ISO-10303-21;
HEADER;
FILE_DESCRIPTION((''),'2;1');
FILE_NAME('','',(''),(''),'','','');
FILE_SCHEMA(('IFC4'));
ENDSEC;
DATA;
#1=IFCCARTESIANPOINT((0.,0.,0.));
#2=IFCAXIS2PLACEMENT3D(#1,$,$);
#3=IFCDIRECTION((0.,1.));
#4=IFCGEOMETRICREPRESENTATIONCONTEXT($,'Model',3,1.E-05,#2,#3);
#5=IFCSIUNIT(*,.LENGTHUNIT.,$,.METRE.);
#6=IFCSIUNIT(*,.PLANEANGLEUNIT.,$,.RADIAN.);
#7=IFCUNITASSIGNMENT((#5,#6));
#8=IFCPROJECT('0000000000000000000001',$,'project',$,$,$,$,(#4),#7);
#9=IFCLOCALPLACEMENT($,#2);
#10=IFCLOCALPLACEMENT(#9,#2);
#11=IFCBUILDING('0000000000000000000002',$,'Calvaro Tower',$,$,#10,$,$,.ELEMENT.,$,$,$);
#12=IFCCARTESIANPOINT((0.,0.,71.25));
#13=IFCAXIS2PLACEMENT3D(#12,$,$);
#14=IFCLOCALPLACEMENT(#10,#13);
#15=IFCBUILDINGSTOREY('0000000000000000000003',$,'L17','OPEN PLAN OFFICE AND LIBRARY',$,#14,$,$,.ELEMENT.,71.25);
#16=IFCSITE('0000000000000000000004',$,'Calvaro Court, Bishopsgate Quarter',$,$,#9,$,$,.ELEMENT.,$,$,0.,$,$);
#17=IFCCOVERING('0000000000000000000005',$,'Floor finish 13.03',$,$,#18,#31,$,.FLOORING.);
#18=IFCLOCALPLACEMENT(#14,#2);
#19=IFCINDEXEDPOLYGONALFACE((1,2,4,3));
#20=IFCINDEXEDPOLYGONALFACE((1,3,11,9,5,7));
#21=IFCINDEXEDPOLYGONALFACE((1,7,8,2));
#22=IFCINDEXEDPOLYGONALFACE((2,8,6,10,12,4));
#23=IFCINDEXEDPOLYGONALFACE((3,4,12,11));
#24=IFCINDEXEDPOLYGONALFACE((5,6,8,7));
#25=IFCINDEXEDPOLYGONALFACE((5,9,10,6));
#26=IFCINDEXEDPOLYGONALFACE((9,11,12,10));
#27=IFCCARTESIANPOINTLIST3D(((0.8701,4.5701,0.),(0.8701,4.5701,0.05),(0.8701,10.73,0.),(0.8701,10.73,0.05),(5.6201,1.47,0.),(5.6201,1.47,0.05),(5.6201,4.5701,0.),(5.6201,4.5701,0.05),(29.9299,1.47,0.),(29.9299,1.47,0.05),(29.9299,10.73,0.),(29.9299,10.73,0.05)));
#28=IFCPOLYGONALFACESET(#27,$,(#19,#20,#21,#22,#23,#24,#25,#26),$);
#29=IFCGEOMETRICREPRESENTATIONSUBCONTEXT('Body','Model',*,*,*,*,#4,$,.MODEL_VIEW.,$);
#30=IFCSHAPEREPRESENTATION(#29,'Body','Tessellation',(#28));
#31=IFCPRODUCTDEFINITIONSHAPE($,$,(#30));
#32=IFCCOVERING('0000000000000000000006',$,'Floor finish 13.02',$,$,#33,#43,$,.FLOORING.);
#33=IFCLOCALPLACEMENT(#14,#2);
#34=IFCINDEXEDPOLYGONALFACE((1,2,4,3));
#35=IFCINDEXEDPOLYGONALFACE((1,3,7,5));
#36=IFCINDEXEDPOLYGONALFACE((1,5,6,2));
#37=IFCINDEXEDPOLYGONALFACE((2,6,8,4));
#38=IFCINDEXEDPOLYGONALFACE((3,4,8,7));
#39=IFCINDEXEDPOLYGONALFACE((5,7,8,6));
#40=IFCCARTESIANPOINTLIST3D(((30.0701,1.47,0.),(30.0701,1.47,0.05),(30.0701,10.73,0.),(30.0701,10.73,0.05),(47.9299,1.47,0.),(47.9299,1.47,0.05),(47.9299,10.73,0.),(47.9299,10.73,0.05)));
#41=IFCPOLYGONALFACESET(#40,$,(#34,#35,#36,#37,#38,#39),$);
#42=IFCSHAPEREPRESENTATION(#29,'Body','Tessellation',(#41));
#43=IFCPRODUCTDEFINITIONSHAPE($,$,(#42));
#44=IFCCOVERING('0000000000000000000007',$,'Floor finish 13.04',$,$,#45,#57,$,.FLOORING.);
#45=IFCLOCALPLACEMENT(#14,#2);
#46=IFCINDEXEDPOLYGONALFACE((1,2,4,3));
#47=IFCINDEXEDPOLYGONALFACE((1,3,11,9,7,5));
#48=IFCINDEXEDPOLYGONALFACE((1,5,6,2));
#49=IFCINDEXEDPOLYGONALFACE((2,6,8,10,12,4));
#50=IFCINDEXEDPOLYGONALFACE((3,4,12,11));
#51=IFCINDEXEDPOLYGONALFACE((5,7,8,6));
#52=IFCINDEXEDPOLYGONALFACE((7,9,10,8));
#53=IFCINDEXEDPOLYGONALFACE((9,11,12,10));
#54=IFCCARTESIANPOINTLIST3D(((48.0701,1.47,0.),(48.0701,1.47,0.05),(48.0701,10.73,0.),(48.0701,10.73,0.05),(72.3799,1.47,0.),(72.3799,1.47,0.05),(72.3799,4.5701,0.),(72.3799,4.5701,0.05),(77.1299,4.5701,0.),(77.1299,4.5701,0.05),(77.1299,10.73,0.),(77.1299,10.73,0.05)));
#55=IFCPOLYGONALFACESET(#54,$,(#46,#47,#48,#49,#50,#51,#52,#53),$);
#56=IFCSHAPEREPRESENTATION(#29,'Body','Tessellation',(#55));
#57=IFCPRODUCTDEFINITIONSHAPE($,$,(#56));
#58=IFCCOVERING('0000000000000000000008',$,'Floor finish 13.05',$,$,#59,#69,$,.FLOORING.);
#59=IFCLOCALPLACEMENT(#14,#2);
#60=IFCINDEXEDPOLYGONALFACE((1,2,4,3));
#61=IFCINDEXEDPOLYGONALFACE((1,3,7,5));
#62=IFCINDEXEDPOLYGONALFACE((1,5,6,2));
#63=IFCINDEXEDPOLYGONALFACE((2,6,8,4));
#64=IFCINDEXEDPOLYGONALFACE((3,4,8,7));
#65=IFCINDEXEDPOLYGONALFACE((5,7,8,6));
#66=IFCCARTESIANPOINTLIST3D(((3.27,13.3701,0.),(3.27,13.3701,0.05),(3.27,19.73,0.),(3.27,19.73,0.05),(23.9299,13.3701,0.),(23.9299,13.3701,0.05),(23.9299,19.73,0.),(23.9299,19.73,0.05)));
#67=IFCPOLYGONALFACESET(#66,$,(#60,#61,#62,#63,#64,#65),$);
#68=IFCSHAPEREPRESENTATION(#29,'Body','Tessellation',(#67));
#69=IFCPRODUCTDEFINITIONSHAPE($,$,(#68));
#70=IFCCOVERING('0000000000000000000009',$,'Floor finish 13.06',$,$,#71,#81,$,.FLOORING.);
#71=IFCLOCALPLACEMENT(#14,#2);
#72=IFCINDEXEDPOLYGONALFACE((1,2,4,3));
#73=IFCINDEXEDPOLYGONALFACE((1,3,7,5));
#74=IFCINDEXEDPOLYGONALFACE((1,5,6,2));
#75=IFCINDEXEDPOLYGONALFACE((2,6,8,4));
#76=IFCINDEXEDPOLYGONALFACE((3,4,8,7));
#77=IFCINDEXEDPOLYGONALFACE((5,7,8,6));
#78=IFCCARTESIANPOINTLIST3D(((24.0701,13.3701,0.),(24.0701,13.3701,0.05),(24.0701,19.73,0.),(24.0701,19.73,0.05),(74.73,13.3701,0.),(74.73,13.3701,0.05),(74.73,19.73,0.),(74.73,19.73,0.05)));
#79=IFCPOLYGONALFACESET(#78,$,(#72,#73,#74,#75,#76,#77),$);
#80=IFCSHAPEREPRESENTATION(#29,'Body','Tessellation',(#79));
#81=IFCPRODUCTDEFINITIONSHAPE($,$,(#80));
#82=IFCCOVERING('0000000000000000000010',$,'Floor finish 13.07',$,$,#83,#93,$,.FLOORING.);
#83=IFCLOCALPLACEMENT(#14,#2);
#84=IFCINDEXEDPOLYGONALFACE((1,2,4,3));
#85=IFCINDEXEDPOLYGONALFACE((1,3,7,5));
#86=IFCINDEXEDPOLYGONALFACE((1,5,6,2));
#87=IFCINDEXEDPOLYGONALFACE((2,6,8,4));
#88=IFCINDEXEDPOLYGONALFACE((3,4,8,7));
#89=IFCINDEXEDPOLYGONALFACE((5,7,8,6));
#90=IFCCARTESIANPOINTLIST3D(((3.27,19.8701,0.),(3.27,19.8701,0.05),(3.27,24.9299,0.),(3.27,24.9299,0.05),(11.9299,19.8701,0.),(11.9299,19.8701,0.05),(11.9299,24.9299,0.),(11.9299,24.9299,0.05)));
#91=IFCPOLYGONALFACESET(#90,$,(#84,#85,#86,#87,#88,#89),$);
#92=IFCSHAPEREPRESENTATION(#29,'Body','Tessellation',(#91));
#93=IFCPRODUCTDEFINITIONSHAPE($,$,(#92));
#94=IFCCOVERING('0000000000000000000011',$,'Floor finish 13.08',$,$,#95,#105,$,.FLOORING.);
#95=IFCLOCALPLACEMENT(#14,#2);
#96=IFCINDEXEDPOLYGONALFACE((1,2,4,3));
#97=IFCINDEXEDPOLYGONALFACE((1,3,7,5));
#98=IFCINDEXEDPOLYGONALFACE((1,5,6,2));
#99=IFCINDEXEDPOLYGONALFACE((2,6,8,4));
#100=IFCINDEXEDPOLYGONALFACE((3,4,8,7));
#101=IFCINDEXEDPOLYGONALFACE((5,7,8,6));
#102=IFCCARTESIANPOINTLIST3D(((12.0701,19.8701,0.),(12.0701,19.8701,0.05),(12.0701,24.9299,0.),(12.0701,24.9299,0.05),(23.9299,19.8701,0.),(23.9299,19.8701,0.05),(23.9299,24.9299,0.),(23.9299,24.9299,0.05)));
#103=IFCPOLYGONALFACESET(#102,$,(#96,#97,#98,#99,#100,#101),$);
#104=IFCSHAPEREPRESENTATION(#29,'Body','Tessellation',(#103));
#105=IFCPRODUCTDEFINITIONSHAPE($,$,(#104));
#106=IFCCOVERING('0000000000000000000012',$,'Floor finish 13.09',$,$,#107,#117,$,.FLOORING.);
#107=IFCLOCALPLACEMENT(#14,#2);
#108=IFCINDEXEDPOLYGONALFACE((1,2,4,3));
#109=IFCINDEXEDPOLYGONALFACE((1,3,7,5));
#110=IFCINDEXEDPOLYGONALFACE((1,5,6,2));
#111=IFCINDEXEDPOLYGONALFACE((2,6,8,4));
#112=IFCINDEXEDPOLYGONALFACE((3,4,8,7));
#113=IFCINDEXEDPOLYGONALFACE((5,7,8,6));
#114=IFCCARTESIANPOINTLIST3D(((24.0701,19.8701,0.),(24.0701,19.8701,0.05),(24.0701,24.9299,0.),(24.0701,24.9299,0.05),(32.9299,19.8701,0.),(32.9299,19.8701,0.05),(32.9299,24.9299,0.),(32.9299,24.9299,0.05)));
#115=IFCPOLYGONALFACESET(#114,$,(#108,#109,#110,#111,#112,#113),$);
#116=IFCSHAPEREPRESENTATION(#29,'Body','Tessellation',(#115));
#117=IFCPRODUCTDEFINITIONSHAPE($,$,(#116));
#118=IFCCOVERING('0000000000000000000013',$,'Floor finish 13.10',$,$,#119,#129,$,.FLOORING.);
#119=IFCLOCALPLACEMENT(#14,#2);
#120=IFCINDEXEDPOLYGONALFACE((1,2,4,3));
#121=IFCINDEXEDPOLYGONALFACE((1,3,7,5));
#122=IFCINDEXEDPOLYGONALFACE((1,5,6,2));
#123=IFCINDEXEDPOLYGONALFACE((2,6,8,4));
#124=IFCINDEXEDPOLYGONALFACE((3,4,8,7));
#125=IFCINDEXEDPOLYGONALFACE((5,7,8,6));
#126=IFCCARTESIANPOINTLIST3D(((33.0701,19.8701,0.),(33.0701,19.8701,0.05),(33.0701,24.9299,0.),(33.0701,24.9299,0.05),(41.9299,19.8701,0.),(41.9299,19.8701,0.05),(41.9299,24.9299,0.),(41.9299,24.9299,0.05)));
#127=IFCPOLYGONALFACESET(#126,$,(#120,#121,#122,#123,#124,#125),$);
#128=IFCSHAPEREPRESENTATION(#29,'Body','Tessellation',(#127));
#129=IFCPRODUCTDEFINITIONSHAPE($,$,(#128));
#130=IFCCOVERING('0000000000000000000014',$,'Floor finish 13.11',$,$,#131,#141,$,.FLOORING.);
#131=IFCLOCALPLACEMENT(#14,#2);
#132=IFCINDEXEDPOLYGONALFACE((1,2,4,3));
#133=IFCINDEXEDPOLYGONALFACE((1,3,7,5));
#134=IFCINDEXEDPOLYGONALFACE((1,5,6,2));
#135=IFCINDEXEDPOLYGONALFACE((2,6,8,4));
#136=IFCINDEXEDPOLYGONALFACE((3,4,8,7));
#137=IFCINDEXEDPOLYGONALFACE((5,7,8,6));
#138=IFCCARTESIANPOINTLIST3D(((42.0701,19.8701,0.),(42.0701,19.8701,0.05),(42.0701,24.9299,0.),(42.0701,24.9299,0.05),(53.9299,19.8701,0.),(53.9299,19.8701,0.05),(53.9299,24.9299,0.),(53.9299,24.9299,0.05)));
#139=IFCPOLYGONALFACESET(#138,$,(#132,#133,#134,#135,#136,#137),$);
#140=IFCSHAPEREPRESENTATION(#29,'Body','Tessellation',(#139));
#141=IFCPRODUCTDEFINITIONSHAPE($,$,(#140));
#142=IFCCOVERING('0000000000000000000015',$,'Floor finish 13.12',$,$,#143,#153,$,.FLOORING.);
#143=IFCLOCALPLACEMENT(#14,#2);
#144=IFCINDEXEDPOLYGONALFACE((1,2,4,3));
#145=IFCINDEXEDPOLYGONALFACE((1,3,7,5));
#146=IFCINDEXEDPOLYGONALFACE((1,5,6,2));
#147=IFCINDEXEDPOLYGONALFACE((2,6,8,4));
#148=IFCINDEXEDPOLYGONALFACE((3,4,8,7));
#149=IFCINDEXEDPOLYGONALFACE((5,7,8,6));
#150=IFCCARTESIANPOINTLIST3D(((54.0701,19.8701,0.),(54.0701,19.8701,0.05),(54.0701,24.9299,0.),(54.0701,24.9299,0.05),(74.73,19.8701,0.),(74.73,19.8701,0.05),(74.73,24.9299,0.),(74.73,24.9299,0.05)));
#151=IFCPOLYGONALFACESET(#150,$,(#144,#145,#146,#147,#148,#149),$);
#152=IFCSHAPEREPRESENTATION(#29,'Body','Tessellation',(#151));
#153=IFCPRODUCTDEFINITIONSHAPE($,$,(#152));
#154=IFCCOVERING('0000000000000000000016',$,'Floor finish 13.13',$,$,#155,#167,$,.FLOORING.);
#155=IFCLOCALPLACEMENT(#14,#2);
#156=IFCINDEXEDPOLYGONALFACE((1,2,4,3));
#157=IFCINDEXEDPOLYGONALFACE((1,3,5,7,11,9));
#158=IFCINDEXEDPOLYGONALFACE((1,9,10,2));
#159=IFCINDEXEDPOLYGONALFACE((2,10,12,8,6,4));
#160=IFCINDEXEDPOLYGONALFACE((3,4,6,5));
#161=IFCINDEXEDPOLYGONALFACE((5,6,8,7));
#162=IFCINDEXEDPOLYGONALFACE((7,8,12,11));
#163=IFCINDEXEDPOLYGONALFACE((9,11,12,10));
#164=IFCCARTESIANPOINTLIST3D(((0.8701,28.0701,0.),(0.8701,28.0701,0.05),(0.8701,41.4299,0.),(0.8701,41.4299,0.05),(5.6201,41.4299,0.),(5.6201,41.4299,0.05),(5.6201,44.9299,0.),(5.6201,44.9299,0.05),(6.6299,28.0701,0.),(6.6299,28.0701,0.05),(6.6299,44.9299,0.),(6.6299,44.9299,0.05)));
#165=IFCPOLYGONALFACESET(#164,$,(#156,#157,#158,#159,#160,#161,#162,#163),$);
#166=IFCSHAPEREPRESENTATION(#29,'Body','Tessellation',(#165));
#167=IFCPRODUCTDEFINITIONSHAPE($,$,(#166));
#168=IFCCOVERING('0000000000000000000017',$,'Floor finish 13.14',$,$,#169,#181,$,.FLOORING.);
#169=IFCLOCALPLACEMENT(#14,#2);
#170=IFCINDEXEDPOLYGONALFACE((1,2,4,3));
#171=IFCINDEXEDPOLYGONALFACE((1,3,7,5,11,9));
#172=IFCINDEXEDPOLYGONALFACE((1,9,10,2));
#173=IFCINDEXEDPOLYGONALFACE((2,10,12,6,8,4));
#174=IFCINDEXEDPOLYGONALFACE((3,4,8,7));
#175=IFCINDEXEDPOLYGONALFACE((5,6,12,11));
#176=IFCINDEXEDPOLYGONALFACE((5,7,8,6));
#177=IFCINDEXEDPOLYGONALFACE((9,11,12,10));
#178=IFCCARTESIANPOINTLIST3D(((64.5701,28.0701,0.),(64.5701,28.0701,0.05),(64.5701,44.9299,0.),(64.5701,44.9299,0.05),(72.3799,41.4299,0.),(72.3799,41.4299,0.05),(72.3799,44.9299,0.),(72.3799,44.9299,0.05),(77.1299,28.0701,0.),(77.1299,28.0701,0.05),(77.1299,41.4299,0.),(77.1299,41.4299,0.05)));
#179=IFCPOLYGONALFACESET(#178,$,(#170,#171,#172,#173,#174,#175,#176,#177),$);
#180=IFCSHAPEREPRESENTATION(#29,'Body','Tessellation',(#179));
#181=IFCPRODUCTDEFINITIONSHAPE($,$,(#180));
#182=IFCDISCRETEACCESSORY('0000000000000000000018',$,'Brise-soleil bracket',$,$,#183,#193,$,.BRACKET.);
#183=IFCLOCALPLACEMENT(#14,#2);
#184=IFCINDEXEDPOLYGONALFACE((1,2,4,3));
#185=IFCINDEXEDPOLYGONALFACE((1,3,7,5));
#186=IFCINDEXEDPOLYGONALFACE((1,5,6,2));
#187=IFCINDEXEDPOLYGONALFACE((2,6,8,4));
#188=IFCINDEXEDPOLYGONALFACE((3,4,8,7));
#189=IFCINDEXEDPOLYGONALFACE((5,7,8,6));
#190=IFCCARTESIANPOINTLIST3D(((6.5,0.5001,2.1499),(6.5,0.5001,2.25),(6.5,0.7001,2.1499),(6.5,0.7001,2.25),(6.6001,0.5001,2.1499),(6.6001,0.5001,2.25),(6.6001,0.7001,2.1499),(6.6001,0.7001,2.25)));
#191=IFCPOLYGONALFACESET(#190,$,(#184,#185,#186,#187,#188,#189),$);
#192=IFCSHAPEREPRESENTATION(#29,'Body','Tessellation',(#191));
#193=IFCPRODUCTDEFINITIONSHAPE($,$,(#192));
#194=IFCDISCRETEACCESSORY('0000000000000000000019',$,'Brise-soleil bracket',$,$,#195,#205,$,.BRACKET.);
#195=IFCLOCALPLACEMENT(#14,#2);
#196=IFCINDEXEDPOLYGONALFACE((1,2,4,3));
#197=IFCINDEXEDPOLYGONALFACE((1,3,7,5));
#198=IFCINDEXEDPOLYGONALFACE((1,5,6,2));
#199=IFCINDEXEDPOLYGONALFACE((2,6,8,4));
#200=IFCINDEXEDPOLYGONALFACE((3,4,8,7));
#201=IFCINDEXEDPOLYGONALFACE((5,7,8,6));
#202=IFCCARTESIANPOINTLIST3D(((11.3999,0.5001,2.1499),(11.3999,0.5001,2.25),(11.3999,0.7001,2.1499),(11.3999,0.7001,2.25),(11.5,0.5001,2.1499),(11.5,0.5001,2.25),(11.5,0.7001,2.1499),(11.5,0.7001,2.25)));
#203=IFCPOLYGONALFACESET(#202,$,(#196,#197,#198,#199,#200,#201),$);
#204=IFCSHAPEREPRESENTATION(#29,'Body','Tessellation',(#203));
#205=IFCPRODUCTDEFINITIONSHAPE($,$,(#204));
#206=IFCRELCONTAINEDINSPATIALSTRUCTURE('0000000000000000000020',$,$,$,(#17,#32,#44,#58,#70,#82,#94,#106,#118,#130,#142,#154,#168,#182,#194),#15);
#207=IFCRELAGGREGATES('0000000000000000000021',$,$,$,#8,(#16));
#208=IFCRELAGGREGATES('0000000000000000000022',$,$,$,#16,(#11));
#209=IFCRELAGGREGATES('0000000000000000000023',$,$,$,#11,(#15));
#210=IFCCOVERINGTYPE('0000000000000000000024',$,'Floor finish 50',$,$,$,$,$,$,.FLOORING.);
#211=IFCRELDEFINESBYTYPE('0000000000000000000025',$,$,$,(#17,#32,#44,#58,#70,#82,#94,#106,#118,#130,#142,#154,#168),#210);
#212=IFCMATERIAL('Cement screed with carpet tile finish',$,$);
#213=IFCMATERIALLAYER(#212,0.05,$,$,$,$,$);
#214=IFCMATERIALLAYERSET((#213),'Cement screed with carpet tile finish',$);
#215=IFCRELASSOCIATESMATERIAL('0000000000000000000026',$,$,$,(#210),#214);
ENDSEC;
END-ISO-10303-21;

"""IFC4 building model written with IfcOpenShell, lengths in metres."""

from ifc_helpers import new_model, si_unit, direction, frame, origin, origin_2d, place, context, subcontext, project, spatial, polyline, rectangle, outline, extrude, material, layer, layer_set, type_object, element, save


model = new_model("IFC4")

# Units and contexts
model_context = context("Model", 3, precision=1e-05, world=origin(), true_north=direction((0.0, 1.0)))
body_context = subcontext(model_context, "Body", "Model", "MODEL_VIEW")
ifc_project = project(units=[si_unit("LENGTHUNIT", "METRE"), si_unit("PLANEANGLEUNIT", "RADIAN")], contexts=[model_context])

# Site, building, storey
site_placement = place(None, origin())
site = spatial("IfcSite", under=ifc_project, at=site_placement, Name="Calvaro Court, Bishopsgate Quarter", CompositionType="ELEMENT", RefElevation=0.0)
building_placement = place(site_placement, origin())
building = spatial("IfcBuilding", under=site, at=building_placement, Name="Calvaro Tower", CompositionType="ELEMENT")
storey_placement = place(building_placement, frame((0.0, 0.0, 71.25)))
storey = spatial("IfcBuildingStorey", under=building, at=storey_placement, Name="L17", Description="OPEN PLAN OFFICE AND LIBRARY", CompositionType="ELEMENT", Elevation=71.25)

# Coverings
ifc_material_1 = material(Name="Cement screed with carpet tile finish")
ifc_layer_1 = layer(ifc_material_1, 0.05)
ifc_layer_set_1 = layer_set([ifc_layer_1], Name="Cement screed with carpet tile finish")
covering_type = type_object("IfcCoveringType", Name="Floor finish 50", PredefinedType="FLOORING", material=ifc_layer_set_1)
covering_1_placement = place(storey_placement, origin())
element("IfcCovering", 1, at=covering_1_placement, inside=storey, type_object=covering_type, Name="Floor finish 13.03", PredefinedType="FLOORING", context=body_context, shape_type="SweptSolid", body=[
    extrude(outline(polyline([(29.9299, 10.73), (29.9299, 1.47), (5.6201, 1.47), (5.6201, 4.5701), (0.8701, 4.5701), (0.8701, 10.73), (29.9299, 10.73)])), origin(), (0.0, 0.0, 1.0), 0.05),
])
covering_2_placement = place(storey_placement, origin())
element("IfcCovering", 2, at=covering_2_placement, inside=storey, type_object=covering_type, Name="Floor finish 13.02", PredefinedType="FLOORING", context=body_context, shape_type="SweptSolid", body=[
    extrude(outline(polyline([(30.0701, 10.73), (47.9299, 10.73), (47.9299, 1.47), (30.0701, 1.47), (30.0701, 10.73)])), origin(), (0.0, 0.0, 1.0), 0.05),
])
covering_3_placement = place(storey_placement, origin())
element("IfcCovering", 3, at=covering_3_placement, inside=storey, type_object=covering_type, Name="Floor finish 13.04", PredefinedType="FLOORING", context=body_context, shape_type="SweptSolid", body=[
    extrude(outline(polyline([(77.1299, 4.5701), (72.3799, 4.5701), (72.3799, 1.47), (48.0701, 1.47), (48.0701, 10.73), (77.1299, 10.73), (77.1299, 4.5701)])), origin(), (0.0, 0.0, 1.0), 0.05),
])
covering_4_placement = place(storey_placement, origin())
element("IfcCovering", 4, at=covering_4_placement, inside=storey, type_object=covering_type, Name="Floor finish 13.05", PredefinedType="FLOORING", context=body_context, shape_type="SweptSolid", body=[
    extrude(outline(polyline([(3.27, 13.3701), (3.27, 19.73), (23.9299, 19.73), (23.9299, 13.3701), (3.27, 13.3701)])), origin(), (0.0, 0.0, 1.0), 0.05),
])
covering_5_placement = place(storey_placement, origin())
element("IfcCovering", 5, at=covering_5_placement, inside=storey, type_object=covering_type, Name="Floor finish 13.06", PredefinedType="FLOORING", context=body_context, shape_type="SweptSolid", body=[
    extrude(outline(polyline([(24.0701, 13.3701), (24.0701, 19.73), (74.73, 19.73), (74.73, 13.3701), (24.0701, 13.3701)])), origin(), (0.0, 0.0, 1.0), 0.05),
])
covering_6_placement = place(storey_placement, origin())
element("IfcCovering", 6, at=covering_6_placement, inside=storey, type_object=covering_type, Name="Floor finish 13.07", PredefinedType="FLOORING", context=body_context, shape_type="SweptSolid", body=[
    extrude(outline(polyline([(3.27, 19.8701), (3.27, 24.9299), (11.9299, 24.9299), (11.9299, 19.8701), (3.27, 19.8701)])), origin(), (0.0, 0.0, 1.0), 0.05),
])
covering_7_placement = place(storey_placement, origin())
element("IfcCovering", 7, at=covering_7_placement, inside=storey, type_object=covering_type, Name="Floor finish 13.08", PredefinedType="FLOORING", context=body_context, shape_type="SweptSolid", body=[
    extrude(outline(polyline([(12.0701, 19.8701), (12.0701, 24.9299), (23.9299, 24.9299), (23.9299, 19.8701), (12.0701, 19.8701)])), origin(), (0.0, 0.0, 1.0), 0.05),
])
covering_8_placement = place(storey_placement, origin())
element("IfcCovering", 8, at=covering_8_placement, inside=storey, type_object=covering_type, Name="Floor finish 13.09", PredefinedType="FLOORING", context=body_context, shape_type="SweptSolid", body=[
    extrude(outline(polyline([(24.0701, 19.8701), (24.0701, 24.9299), (32.9299, 24.9299), (32.9299, 19.8701), (24.0701, 19.8701)])), origin(), (0.0, 0.0, 1.0), 0.05),
])
covering_9_placement = place(storey_placement, origin())
element("IfcCovering", 9, at=covering_9_placement, inside=storey, type_object=covering_type, Name="Floor finish 13.10", PredefinedType="FLOORING", context=body_context, shape_type="SweptSolid", body=[
    extrude(outline(polyline([(33.0701, 19.8701), (33.0701, 24.9299), (41.9299, 24.9299), (41.9299, 19.8701), (33.0701, 19.8701)])), origin(), (0.0, 0.0, 1.0), 0.05),
])
covering_10_placement = place(storey_placement, origin())
element("IfcCovering", 10, at=covering_10_placement, inside=storey, type_object=covering_type, Name="Floor finish 13.11", PredefinedType="FLOORING", context=body_context, shape_type="SweptSolid", body=[
    extrude(outline(polyline([(42.0701, 19.8701), (42.0701, 24.9299), (53.9299, 24.9299), (53.9299, 19.8701), (42.0701, 19.8701)])), origin(), (0.0, 0.0, 1.0), 0.05),
])
covering_11_placement = place(storey_placement, origin())
element("IfcCovering", 11, at=covering_11_placement, inside=storey, type_object=covering_type, Name="Floor finish 13.12", PredefinedType="FLOORING", context=body_context, shape_type="SweptSolid", body=[
    extrude(outline(polyline([(54.0701, 19.8701), (54.0701, 24.9299), (74.73, 24.9299), (74.73, 19.8701), (54.0701, 19.8701)])), origin(), (0.0, 0.0, 1.0), 0.05),
])
covering_12_placement = place(storey_placement, origin())
element("IfcCovering", 12, at=covering_12_placement, inside=storey, type_object=covering_type, Name="Floor finish 13.13", PredefinedType="FLOORING", context=body_context, shape_type="SweptSolid", body=[
    extrude(outline(polyline([(6.6299, 28.0701), (0.8701, 28.0701), (0.8701, 41.4299), (5.6201, 41.4299), (5.6201, 44.9299), (6.6299, 44.9299), (6.6299, 28.0701)])), origin(), (0.0, 0.0, 1.0), 0.05),
])
covering_13_placement = place(storey_placement, origin())
element("IfcCovering", 13, at=covering_13_placement, inside=storey, type_object=covering_type, Name="Floor finish 13.14", PredefinedType="FLOORING", context=body_context, shape_type="SweptSolid", body=[
    extrude(outline(polyline([(77.1299, 28.0701), (64.5701, 28.0701), (64.5701, 44.9299), (72.3799, 44.9299), (72.3799, 41.4299), (77.1299, 41.4299), (77.1299, 28.0701)])), origin(), (0.0, 0.0, 1.0), 0.05),
])

# Discrete accessories
for number, where, z_axis, x_axis, name in (
    (14, (6.55, 0.6001, 2.1499), (0.0, 0.0, 1.0), (1.0, 0.0, 0.0), "Brise-soleil bracket"),
    (15, (11.45, 0.6001, 2.1499), (0.0, 0.0, 1.0), (1.0, 0.0, 0.0), "Brise-soleil bracket"),
):
    element("IfcDiscreteAccessory", number, at=place(storey_placement, frame(where, z_axis=z_axis, x_axis=x_axis)), inside=storey, Name=name, PredefinedType="BRACKET", context=body_context, shape_type="SweptSolid", body=[
        extrude(rectangle(XDim=0.1001, YDim=0.2, at=origin_2d()), origin(), (0.0, 0.0, 1.0), 0.1001),
    ])

save(model, "model.ifc")
